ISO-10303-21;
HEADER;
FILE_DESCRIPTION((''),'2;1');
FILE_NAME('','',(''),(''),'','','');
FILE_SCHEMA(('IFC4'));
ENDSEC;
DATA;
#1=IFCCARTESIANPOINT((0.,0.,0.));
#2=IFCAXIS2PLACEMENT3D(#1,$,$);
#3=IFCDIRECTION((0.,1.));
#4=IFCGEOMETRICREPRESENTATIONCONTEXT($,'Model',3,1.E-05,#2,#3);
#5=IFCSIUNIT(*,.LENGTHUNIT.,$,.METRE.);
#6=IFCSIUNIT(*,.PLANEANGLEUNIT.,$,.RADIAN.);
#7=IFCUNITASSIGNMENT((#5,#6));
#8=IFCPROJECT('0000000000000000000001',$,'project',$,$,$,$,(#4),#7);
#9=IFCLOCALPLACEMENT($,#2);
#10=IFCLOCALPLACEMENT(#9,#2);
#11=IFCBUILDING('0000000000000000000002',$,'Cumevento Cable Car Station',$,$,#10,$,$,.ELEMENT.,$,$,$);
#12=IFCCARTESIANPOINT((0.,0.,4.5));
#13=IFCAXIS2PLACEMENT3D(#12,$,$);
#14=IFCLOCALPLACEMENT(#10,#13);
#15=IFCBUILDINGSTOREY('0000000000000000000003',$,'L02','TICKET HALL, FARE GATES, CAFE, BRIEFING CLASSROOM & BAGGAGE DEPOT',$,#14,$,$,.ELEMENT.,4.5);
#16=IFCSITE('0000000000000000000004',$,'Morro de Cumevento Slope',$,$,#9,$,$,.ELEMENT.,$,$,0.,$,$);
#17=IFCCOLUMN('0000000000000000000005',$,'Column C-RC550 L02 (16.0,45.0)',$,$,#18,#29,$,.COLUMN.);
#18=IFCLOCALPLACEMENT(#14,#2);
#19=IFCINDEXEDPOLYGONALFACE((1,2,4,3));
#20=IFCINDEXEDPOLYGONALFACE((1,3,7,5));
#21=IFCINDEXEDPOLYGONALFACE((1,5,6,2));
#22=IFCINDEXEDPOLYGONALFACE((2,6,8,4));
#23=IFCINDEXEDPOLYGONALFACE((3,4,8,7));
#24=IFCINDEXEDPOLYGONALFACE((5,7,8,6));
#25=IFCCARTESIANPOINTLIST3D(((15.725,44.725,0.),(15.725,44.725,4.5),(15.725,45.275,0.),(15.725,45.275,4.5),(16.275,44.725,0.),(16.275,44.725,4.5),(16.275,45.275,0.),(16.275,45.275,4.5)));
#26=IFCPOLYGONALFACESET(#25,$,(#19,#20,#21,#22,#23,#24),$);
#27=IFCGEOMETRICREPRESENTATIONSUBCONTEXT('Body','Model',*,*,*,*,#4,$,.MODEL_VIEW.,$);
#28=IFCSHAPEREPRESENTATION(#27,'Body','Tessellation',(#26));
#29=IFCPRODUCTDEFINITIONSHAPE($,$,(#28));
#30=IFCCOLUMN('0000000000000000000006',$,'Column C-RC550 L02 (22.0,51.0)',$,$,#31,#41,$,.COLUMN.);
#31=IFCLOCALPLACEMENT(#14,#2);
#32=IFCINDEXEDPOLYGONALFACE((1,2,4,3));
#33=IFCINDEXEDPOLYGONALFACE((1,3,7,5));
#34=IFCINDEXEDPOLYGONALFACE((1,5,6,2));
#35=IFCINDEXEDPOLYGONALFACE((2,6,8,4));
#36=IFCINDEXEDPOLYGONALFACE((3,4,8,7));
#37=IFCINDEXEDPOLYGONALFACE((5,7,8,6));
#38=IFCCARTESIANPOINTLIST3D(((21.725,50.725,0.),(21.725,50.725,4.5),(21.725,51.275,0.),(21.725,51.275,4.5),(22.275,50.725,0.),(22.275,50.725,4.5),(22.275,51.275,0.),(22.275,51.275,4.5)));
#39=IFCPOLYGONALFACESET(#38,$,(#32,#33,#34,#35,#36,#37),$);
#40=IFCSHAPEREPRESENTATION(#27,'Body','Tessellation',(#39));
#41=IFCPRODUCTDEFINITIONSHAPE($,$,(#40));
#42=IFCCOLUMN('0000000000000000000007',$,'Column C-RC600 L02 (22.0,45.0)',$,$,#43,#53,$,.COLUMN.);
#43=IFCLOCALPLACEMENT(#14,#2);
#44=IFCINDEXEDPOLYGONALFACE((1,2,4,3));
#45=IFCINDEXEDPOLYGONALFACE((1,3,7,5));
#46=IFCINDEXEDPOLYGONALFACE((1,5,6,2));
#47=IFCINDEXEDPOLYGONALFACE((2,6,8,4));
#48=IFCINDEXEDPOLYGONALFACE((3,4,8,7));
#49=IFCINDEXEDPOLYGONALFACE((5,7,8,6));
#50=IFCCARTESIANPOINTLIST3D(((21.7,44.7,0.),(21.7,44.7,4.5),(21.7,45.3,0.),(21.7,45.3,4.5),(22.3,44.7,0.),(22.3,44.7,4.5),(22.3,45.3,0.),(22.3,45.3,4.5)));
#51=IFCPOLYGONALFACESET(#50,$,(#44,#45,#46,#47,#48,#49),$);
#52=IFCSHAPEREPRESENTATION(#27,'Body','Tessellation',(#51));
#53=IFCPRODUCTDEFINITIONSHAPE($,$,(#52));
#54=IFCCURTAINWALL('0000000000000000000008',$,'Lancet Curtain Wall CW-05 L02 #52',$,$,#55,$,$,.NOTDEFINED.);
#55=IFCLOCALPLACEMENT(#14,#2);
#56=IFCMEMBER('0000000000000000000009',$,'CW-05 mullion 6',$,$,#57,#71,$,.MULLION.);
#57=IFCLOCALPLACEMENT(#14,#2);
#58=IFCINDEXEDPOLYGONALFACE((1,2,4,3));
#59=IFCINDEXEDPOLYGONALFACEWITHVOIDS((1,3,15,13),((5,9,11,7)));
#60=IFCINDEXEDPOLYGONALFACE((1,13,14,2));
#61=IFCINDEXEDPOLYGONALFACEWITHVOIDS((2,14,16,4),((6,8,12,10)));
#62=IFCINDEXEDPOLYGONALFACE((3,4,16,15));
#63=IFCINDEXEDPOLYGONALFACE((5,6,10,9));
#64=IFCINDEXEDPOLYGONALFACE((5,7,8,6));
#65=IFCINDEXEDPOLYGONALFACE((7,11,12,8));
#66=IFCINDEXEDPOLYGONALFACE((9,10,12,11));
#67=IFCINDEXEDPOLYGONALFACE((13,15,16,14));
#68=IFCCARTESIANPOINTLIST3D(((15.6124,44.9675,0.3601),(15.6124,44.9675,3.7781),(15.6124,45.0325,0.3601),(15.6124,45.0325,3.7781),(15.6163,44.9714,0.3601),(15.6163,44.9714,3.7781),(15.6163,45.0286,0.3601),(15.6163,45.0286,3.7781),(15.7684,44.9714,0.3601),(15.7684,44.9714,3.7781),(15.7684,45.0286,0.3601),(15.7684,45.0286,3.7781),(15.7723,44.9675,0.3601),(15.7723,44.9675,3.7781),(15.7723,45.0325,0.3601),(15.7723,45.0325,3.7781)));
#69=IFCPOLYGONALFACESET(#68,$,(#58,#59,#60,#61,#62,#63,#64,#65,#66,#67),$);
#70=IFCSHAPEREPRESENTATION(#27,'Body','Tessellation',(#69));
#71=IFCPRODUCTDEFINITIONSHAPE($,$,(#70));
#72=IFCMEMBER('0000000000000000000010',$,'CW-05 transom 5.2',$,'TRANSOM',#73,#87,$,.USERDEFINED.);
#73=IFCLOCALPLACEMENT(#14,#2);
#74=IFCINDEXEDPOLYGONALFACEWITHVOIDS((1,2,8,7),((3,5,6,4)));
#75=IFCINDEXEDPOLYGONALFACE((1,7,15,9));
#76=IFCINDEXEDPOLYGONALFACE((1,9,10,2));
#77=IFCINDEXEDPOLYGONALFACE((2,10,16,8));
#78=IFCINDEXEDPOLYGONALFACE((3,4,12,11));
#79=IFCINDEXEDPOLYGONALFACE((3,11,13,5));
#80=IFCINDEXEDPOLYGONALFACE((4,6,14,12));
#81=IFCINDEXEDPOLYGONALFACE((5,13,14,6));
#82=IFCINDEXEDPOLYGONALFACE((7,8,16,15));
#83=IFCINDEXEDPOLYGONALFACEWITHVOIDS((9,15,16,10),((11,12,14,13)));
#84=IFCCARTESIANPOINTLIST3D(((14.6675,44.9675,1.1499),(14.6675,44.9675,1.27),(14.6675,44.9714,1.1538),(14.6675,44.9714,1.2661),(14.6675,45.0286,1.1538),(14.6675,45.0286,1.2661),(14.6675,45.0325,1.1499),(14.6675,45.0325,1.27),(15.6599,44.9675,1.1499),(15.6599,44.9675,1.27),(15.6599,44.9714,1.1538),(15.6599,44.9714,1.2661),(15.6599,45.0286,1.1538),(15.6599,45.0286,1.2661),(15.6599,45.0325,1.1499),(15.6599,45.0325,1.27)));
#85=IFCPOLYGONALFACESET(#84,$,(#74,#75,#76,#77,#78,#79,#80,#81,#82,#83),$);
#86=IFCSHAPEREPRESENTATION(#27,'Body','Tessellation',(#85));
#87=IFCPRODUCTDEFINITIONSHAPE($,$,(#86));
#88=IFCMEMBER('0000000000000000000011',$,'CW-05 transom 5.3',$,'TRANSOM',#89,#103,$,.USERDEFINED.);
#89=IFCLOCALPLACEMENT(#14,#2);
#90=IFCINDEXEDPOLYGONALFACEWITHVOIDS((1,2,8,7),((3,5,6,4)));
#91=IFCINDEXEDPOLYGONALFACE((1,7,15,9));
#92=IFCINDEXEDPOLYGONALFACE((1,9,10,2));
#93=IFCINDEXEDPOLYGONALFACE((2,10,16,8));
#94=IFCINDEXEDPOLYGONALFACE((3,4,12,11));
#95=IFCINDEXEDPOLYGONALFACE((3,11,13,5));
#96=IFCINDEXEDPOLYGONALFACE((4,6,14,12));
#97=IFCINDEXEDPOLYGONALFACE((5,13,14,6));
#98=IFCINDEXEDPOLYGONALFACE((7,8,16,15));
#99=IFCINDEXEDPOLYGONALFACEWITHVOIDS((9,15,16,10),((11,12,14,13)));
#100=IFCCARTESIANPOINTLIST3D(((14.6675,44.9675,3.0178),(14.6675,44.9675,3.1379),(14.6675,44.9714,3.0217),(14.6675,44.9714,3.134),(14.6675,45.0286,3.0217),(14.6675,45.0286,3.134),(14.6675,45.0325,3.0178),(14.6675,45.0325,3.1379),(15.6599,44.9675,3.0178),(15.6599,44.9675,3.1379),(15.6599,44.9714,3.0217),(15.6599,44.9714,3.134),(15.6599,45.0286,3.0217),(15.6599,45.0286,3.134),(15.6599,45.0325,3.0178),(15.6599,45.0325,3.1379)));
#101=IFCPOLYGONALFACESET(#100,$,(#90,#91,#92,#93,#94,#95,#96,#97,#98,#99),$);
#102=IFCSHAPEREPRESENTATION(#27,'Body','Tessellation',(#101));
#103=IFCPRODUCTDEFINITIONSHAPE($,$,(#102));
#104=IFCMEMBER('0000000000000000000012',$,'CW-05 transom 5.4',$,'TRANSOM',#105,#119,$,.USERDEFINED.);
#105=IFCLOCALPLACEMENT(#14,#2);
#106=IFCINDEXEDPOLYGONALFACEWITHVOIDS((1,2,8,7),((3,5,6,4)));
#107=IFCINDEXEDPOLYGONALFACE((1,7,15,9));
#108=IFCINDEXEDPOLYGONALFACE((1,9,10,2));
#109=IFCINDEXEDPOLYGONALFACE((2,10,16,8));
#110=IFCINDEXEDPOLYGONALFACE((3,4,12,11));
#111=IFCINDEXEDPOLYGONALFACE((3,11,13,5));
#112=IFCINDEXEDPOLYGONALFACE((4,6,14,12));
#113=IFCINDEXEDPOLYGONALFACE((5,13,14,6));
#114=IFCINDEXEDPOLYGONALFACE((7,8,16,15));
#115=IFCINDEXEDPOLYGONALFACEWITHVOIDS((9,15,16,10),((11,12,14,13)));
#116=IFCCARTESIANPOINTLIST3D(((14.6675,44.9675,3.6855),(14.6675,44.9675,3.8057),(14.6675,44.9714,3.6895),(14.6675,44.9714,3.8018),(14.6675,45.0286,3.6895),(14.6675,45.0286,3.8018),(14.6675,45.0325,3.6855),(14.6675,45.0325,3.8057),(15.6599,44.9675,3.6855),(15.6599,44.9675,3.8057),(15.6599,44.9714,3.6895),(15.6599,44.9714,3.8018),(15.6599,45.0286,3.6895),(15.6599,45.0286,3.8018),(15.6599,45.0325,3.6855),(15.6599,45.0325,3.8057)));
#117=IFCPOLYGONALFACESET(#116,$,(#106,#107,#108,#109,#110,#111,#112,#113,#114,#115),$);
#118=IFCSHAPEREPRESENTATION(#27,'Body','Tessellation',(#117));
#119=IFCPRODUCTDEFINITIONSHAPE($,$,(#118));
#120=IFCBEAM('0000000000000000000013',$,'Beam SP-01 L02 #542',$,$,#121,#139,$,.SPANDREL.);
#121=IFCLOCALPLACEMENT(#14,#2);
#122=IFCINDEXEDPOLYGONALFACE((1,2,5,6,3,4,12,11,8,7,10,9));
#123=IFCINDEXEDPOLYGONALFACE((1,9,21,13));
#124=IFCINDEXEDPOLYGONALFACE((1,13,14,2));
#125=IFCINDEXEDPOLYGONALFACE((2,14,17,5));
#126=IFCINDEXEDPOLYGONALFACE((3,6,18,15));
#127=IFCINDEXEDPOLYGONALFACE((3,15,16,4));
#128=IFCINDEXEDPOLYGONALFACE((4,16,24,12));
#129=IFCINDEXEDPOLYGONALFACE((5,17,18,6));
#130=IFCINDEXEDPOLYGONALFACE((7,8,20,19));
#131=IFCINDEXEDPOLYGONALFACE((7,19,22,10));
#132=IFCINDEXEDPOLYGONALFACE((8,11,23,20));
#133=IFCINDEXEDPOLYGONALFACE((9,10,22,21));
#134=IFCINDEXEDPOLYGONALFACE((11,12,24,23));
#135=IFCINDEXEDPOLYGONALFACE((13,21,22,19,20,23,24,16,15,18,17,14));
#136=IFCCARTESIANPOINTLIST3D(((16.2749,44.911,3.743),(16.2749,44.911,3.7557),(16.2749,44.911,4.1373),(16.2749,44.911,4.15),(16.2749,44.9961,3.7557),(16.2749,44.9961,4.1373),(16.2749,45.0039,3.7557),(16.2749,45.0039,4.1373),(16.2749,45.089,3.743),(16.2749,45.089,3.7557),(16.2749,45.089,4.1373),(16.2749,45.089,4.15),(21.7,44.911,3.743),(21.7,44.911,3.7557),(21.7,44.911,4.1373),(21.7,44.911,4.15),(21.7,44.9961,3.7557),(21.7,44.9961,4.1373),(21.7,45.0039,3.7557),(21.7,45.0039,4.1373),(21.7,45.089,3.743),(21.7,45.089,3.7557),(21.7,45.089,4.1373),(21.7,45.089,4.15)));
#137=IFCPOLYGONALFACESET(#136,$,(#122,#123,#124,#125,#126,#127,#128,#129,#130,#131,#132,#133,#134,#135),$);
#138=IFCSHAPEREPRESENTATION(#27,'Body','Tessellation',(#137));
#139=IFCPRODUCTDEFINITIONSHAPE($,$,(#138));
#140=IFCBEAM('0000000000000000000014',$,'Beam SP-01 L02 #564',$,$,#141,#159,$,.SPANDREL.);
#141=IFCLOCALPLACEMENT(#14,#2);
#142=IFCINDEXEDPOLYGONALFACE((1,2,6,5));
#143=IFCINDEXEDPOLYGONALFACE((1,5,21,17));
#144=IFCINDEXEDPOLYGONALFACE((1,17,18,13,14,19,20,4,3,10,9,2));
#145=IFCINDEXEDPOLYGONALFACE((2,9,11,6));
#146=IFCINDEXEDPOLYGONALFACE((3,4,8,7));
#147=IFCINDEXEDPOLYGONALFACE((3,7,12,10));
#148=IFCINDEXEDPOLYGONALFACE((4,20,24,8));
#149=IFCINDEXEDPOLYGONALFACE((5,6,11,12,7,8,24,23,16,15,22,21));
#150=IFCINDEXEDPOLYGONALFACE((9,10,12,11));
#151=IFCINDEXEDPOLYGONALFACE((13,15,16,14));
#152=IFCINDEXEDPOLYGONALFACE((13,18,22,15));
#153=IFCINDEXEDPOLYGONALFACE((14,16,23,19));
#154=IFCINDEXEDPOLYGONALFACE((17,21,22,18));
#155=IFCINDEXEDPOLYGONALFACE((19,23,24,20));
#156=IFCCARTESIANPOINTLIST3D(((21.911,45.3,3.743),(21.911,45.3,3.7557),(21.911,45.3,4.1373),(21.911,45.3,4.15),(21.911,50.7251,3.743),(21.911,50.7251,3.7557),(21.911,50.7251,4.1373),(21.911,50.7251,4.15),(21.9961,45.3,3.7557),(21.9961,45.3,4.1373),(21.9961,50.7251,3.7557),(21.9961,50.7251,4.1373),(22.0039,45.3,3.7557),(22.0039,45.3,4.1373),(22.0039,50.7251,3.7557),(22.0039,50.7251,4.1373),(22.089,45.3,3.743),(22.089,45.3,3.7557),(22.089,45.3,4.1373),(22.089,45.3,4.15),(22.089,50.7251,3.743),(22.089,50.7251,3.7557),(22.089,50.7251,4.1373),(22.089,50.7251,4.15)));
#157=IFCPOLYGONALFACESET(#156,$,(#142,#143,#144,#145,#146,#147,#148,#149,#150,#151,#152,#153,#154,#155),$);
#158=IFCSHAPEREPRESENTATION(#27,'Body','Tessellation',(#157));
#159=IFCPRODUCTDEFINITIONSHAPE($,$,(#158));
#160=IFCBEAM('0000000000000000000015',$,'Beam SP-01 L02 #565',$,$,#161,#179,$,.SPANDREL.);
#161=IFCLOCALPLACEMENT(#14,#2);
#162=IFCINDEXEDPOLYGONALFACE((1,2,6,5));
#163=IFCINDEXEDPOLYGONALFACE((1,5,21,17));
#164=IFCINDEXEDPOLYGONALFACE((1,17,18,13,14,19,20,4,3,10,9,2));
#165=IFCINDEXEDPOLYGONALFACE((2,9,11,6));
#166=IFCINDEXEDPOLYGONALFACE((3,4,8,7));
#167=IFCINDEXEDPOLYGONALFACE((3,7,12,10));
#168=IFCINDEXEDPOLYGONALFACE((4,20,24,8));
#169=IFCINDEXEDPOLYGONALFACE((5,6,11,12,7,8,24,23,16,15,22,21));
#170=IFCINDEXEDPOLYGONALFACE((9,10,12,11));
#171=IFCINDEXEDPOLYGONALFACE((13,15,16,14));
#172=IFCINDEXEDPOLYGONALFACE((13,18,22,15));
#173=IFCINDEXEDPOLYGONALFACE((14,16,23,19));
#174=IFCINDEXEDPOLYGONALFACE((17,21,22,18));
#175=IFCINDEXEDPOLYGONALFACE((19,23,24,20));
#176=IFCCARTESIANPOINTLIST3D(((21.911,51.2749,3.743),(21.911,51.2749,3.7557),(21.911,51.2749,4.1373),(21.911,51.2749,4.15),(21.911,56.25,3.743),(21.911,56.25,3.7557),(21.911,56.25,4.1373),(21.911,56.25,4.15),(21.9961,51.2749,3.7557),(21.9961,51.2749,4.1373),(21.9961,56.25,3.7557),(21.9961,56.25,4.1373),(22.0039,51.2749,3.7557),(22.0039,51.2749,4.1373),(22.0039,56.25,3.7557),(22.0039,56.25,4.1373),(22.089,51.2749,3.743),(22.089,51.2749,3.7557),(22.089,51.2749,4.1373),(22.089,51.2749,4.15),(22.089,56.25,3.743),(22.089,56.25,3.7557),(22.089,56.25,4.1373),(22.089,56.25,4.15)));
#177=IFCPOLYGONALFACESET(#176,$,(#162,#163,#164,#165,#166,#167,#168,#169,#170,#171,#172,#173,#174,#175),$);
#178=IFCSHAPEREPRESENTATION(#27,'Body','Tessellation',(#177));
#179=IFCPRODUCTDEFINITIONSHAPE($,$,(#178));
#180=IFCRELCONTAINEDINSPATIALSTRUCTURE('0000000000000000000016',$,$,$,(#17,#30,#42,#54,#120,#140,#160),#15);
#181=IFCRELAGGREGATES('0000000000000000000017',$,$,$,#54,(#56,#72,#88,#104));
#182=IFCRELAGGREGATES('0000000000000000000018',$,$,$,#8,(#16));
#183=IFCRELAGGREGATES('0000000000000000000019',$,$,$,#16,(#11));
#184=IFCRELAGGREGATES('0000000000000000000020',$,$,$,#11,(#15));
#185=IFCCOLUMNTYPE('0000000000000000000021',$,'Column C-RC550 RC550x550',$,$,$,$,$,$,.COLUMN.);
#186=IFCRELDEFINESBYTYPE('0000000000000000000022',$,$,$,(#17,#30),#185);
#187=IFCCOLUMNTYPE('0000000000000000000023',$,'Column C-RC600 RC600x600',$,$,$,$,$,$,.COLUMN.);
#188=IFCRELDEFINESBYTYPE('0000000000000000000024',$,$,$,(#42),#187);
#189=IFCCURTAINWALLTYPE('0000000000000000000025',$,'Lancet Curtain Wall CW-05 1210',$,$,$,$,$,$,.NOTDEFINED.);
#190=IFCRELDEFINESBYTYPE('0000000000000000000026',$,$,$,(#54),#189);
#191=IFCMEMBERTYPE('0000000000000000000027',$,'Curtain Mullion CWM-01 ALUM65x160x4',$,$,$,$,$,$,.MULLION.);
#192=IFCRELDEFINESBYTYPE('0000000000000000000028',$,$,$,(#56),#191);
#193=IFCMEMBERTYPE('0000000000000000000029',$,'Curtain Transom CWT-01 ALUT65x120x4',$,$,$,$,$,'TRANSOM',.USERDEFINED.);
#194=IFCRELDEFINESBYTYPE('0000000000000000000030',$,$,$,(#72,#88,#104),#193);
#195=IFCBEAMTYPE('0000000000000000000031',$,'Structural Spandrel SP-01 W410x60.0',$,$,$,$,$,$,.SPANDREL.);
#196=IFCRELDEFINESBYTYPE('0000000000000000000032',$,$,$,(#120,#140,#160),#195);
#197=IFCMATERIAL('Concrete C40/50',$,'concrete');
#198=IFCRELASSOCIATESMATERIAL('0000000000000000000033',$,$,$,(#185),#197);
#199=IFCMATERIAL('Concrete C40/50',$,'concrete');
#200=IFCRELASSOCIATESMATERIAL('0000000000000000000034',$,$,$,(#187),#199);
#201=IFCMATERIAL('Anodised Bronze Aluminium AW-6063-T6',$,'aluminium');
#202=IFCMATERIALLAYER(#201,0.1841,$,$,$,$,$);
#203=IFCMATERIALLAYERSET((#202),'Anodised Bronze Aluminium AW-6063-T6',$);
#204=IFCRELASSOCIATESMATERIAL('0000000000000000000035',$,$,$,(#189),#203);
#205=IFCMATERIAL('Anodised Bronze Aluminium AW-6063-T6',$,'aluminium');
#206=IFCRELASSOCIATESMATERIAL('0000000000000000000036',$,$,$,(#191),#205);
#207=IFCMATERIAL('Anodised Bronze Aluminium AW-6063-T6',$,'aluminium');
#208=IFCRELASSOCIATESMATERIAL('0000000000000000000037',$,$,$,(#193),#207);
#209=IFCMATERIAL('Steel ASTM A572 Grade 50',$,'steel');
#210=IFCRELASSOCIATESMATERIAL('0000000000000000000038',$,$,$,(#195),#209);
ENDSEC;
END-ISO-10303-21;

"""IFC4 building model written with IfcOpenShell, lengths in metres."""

from ifc_helpers import new_model, si_unit, direction, frame, origin, origin_2d, place, context, subcontext, project, spatial, rectangle, hollow_rectangle, i_section, extrude, material, layer, layer_set, material_profile, profile_set, type_object, element, aggregate, save


model = new_model("IFC4")

# Units and contexts
model_context = context("Model", 3, precision=1e-05, world=origin(), true_north=direction((0.0, 1.0)))
body_context = subcontext(model_context, "Body", "Model", "MODEL_VIEW")
ifc_project = project(units=[si_unit("LENGTHUNIT", "METRE"), si_unit("PLANEANGLEUNIT", "RADIAN")], contexts=[model_context])

# Site, building, storey
site_placement = place(None, origin())
site = spatial("IfcSite", under=ifc_project, at=site_placement, Name="Morro de Cumevento Slope", CompositionType="ELEMENT", RefElevation=0.0)
building_placement = place(site_placement, origin())
building = spatial("IfcBuilding", under=site, at=building_placement, Name="Cumevento Cable Car Station", CompositionType="ELEMENT")
storey_placement = place(building_placement, frame((0.0, 0.0, 4.5)))
storey = spatial("IfcBuildingStorey", under=building, at=storey_placement, Name="L02", Description="TICKET HALL, FARE GATES, CAFE, BRIEFING CLASSROOM & BAGGAGE DEPOT", CompositionType="ELEMENT", Elevation=4.5)

# Columns
ifc_material_1 = material(Name="Concrete C40/50", Category="concrete")
ifc_material_profile_1 = material_profile(ifc_material_1, rectangle(XDim=0.55, YDim=0.55, at=origin_2d()), Name="RC550x550")
ifc_profile_set_1 = profile_set([ifc_material_profile_1], Name="Concrete C40/50")
column_type_1 = type_object("IfcColumnType", Name="Column C-RC550 RC550x550", PredefinedType="COLUMN", material=ifc_profile_set_1)
for number, where, z_axis, x_axis, name in (
    (1, (16.0, 45.0, 0.0), (0.0, 0.0, 1.0), (1.0, 0.0, 0.0), "Column C-RC550 L02 (16.0,45.0)"),
    (2, (22.0, 51.0, 0.0), (0.0, 0.0, 1.0), (1.0, 0.0, 0.0), "Column C-RC550 L02 (22.0,51.0)"),
):
    element("IfcColumn", number, at=place(storey_placement, frame(where, z_axis=z_axis, x_axis=x_axis)), inside=storey, type_object=column_type_1, Name=name, PredefinedType="COLUMN", context=body_context, shape_type="SweptSolid", body=[
        extrude(rectangle(XDim=0.55, YDim=0.55, at=origin_2d()), origin(), (0.0, 0.0, 1.0), 4.5),
    ])
ifc_material_2 = material(Name="Concrete C40/50", Category="concrete")
ifc_material_profile_2 = material_profile(ifc_material_2, rectangle(XDim=0.6001, YDim=0.6001, at=origin_2d()), Name="RC600x600")
ifc_profile_set_2 = profile_set([ifc_material_profile_2], Name="Concrete C40/50")
column_type_2 = type_object("IfcColumnType", Name="Column C-RC600 RC600x600", PredefinedType="COLUMN", material=ifc_profile_set_2)
column_placement = place(storey_placement, frame((22.0, 45.0, 0.0), z_axis=(0.0, 0.0, 1.0), x_axis=(1.0, 0.0, 0.0)))
element("IfcColumn", 3, at=column_placement, inside=storey, type_object=column_type_2, Name="Column C-RC600 L02 (22.0,45.0)", PredefinedType="COLUMN", context=body_context, shape_type="SweptSolid", body=[
    extrude(rectangle(XDim=0.6001, YDim=0.6001, at=origin_2d()), origin(), (0.0, 0.0, 1.0), 4.5),
])

# Curtain wall, members
ifc_material_3 = material(Name="Anodised Bronze Aluminium AW-6063-T6", Category="aluminium")
ifc_layer_1 = layer(ifc_material_3, 0.1841)
ifc_layer_set_1 = layer_set([ifc_layer_1], Name="Anodised Bronze Aluminium AW-6063-T6")
curtain_wall_type = type_object("IfcCurtainWallType", Name="Lancet Curtain Wall CW-05 1210", PredefinedType="NOTDEFINED", material=ifc_layer_set_1)
curtain_wall_placement = place(storey_placement, origin())
curtain_wall = element("IfcCurtainWall", 4, at=curtain_wall_placement, inside=storey, type_object=curtain_wall_type, Name="Lancet Curtain Wall CW-05 L02 #52", PredefinedType="NOTDEFINED")
ifc_material_4 = material(Name="Anodised Bronze Aluminium AW-6063-T6", Category="aluminium")
ifc_material_profile_3 = material_profile(ifc_material_4, hollow_rectangle(XDim=0.0649, YDim=0.1599, WallThickness=0.0039, at=origin_2d()), Name="ALUM65x160x4")
ifc_profile_set_3 = profile_set([ifc_material_profile_3], Name="Anodised Bronze Aluminium AW-6063-T6")
member_type_1 = type_object("IfcMemberType", Name="Curtain Mullion CWM-01 ALUM65x160x4", PredefinedType="MULLION", material=ifc_profile_set_3)
member_1_placement = place(storey_placement, frame((15.6924, 45.0, 0.3601), z_axis=(0.0, 0.0, 1.0), x_axis=(0.0, 1.0, 0.0)))
member_1 = element("IfcMember", 5, at=member_1_placement, type_object=member_type_1, Name="CW-05 mullion 6", PredefinedType="MULLION", context=body_context, shape_type="SweptSolid", body=[
    extrude(hollow_rectangle(XDim=0.0649, YDim=0.1599, WallThickness=0.0039, at=origin_2d()), origin(), (0.0, 0.0, 1.0), 3.418),
])
ifc_material_5 = material(Name="Anodised Bronze Aluminium AW-6063-T6", Category="aluminium")
ifc_material_profile_4 = material_profile(ifc_material_5, hollow_rectangle(XDim=0.0649, YDim=0.1201, WallThickness=0.0039, at=origin_2d()), Name="ALUT65x120x4")
ifc_profile_set_4 = profile_set([ifc_material_profile_4], Name="Anodised Bronze Aluminium AW-6063-T6")
member_type_2 = type_object("IfcMemberType", Name="Curtain Transom CWT-01 ALUT65x120x4", ElementType="TRANSOM", PredefinedType="USERDEFINED", material=ifc_profile_set_4)
member_2_placement = place(storey_placement, frame((14.6675, 45.0, 1.21), z_axis=(1.0, 0.0, 0.0), x_axis=(0.0, 1.0, 0.0)))
member_2 = element("IfcMember", 6, at=member_2_placement, type_object=member_type_2, Name="CW-05 transom 5.2", ObjectType="TRANSOM", PredefinedType="USERDEFINED", context=body_context, shape_type="SweptSolid", body=[
    extrude(hollow_rectangle(XDim=0.0649, YDim=0.1201, WallThickness=0.0039, at=origin_2d()), origin(), (0.0, 0.0, 1.0), 0.9924),
])
member_3_placement = place(storey_placement, frame((14.6675, 45.0, 3.0779), z_axis=(1.0, 0.0, 0.0), x_axis=(0.0, 1.0, 0.0)))
member_3 = element("IfcMember", 7, at=member_3_placement, type_object=member_type_2, Name="CW-05 transom 5.3", ObjectType="TRANSOM", PredefinedType="USERDEFINED", context=body_context, shape_type="SweptSolid", body=[
    extrude(hollow_rectangle(XDim=0.0649, YDim=0.1201, WallThickness=0.0039, at=origin_2d()), origin(), (0.0, 0.0, 1.0), 0.9924),
])
member_4_placement = place(storey_placement, frame((14.6675, 45.0, 3.7456), z_axis=(1.0, 0.0, 0.0), x_axis=(0.0, 1.0, 0.0)))
member_4 = element("IfcMember", 8, at=member_4_placement, type_object=member_type_2, Name="CW-05 transom 5.4", ObjectType="TRANSOM", PredefinedType="USERDEFINED", context=body_context, shape_type="SweptSolid", body=[
    extrude(hollow_rectangle(XDim=0.0649, YDim=0.1201, WallThickness=0.0039, at=origin_2d()), origin(), (0.0, 0.0, 1.0), 0.9924),
])

# Beams
ifc_material_6 = material(Name="Steel ASTM A572 Grade 50", Category="steel")
ifc_material_profile_5 = material_profile(ifc_material_6, i_section(OverallWidth=0.178, OverallDepth=0.407, WebThickness=0.0078, FlangeThickness=0.0127, at=origin_2d()), Name="W410x60.0")
ifc_profile_set_5 = profile_set([ifc_material_profile_5], Name="Steel ASTM A572 Grade 50")
beam_type = type_object("IfcBeamType", Name="Structural Spandrel SP-01 W410x60.0", PredefinedType="SPANDREL", material=ifc_profile_set_5)
for number, where, z_axis, x_axis, name in (
    (9, (16.2749, 45.0, 3.9465), (1.0, 0.0, 0.0), (0.0, 1.0, 0.0), "Beam SP-01 L02 #542"),
    (10, (22.0, 45.3, 3.9465), (0.0, 1.0, 0.0), (-1.0, 0.0, 0.0), "Beam SP-01 L02 #564"),
):
    element("IfcBeam", number, at=place(storey_placement, frame(where, z_axis=z_axis, x_axis=x_axis)), inside=storey, type_object=beam_type, Name=name, PredefinedType="SPANDREL", context=body_context, shape_type="SweptSolid", body=[
        extrude(i_section(OverallWidth=0.178, OverallDepth=0.407, WebThickness=0.0078, FlangeThickness=0.0127, at=origin_2d()), origin(), (0.0, 0.0, 1.0), 5.425),
    ])
beam_placement = place(storey_placement, frame((22.0, 51.2749, 3.9465), z_axis=(0.0, 1.0, 0.0), x_axis=(-1.0, 0.0, 0.0)))
element("IfcBeam", 11, at=beam_placement, inside=storey, type_object=beam_type, Name="Beam SP-01 L02 #565", PredefinedType="SPANDREL", context=body_context, shape_type="SweptSolid", body=[
    extrude(i_section(OverallWidth=0.178, OverallDepth=0.407, WebThickness=0.0078, FlangeThickness=0.0127, at=origin_2d()), origin(), (0.0, 0.0, 1.0), 4.9751),
])

aggregate(curtain_wall, [member_1, member_2, member_3, member_4])

save(model, "model.ifc")
